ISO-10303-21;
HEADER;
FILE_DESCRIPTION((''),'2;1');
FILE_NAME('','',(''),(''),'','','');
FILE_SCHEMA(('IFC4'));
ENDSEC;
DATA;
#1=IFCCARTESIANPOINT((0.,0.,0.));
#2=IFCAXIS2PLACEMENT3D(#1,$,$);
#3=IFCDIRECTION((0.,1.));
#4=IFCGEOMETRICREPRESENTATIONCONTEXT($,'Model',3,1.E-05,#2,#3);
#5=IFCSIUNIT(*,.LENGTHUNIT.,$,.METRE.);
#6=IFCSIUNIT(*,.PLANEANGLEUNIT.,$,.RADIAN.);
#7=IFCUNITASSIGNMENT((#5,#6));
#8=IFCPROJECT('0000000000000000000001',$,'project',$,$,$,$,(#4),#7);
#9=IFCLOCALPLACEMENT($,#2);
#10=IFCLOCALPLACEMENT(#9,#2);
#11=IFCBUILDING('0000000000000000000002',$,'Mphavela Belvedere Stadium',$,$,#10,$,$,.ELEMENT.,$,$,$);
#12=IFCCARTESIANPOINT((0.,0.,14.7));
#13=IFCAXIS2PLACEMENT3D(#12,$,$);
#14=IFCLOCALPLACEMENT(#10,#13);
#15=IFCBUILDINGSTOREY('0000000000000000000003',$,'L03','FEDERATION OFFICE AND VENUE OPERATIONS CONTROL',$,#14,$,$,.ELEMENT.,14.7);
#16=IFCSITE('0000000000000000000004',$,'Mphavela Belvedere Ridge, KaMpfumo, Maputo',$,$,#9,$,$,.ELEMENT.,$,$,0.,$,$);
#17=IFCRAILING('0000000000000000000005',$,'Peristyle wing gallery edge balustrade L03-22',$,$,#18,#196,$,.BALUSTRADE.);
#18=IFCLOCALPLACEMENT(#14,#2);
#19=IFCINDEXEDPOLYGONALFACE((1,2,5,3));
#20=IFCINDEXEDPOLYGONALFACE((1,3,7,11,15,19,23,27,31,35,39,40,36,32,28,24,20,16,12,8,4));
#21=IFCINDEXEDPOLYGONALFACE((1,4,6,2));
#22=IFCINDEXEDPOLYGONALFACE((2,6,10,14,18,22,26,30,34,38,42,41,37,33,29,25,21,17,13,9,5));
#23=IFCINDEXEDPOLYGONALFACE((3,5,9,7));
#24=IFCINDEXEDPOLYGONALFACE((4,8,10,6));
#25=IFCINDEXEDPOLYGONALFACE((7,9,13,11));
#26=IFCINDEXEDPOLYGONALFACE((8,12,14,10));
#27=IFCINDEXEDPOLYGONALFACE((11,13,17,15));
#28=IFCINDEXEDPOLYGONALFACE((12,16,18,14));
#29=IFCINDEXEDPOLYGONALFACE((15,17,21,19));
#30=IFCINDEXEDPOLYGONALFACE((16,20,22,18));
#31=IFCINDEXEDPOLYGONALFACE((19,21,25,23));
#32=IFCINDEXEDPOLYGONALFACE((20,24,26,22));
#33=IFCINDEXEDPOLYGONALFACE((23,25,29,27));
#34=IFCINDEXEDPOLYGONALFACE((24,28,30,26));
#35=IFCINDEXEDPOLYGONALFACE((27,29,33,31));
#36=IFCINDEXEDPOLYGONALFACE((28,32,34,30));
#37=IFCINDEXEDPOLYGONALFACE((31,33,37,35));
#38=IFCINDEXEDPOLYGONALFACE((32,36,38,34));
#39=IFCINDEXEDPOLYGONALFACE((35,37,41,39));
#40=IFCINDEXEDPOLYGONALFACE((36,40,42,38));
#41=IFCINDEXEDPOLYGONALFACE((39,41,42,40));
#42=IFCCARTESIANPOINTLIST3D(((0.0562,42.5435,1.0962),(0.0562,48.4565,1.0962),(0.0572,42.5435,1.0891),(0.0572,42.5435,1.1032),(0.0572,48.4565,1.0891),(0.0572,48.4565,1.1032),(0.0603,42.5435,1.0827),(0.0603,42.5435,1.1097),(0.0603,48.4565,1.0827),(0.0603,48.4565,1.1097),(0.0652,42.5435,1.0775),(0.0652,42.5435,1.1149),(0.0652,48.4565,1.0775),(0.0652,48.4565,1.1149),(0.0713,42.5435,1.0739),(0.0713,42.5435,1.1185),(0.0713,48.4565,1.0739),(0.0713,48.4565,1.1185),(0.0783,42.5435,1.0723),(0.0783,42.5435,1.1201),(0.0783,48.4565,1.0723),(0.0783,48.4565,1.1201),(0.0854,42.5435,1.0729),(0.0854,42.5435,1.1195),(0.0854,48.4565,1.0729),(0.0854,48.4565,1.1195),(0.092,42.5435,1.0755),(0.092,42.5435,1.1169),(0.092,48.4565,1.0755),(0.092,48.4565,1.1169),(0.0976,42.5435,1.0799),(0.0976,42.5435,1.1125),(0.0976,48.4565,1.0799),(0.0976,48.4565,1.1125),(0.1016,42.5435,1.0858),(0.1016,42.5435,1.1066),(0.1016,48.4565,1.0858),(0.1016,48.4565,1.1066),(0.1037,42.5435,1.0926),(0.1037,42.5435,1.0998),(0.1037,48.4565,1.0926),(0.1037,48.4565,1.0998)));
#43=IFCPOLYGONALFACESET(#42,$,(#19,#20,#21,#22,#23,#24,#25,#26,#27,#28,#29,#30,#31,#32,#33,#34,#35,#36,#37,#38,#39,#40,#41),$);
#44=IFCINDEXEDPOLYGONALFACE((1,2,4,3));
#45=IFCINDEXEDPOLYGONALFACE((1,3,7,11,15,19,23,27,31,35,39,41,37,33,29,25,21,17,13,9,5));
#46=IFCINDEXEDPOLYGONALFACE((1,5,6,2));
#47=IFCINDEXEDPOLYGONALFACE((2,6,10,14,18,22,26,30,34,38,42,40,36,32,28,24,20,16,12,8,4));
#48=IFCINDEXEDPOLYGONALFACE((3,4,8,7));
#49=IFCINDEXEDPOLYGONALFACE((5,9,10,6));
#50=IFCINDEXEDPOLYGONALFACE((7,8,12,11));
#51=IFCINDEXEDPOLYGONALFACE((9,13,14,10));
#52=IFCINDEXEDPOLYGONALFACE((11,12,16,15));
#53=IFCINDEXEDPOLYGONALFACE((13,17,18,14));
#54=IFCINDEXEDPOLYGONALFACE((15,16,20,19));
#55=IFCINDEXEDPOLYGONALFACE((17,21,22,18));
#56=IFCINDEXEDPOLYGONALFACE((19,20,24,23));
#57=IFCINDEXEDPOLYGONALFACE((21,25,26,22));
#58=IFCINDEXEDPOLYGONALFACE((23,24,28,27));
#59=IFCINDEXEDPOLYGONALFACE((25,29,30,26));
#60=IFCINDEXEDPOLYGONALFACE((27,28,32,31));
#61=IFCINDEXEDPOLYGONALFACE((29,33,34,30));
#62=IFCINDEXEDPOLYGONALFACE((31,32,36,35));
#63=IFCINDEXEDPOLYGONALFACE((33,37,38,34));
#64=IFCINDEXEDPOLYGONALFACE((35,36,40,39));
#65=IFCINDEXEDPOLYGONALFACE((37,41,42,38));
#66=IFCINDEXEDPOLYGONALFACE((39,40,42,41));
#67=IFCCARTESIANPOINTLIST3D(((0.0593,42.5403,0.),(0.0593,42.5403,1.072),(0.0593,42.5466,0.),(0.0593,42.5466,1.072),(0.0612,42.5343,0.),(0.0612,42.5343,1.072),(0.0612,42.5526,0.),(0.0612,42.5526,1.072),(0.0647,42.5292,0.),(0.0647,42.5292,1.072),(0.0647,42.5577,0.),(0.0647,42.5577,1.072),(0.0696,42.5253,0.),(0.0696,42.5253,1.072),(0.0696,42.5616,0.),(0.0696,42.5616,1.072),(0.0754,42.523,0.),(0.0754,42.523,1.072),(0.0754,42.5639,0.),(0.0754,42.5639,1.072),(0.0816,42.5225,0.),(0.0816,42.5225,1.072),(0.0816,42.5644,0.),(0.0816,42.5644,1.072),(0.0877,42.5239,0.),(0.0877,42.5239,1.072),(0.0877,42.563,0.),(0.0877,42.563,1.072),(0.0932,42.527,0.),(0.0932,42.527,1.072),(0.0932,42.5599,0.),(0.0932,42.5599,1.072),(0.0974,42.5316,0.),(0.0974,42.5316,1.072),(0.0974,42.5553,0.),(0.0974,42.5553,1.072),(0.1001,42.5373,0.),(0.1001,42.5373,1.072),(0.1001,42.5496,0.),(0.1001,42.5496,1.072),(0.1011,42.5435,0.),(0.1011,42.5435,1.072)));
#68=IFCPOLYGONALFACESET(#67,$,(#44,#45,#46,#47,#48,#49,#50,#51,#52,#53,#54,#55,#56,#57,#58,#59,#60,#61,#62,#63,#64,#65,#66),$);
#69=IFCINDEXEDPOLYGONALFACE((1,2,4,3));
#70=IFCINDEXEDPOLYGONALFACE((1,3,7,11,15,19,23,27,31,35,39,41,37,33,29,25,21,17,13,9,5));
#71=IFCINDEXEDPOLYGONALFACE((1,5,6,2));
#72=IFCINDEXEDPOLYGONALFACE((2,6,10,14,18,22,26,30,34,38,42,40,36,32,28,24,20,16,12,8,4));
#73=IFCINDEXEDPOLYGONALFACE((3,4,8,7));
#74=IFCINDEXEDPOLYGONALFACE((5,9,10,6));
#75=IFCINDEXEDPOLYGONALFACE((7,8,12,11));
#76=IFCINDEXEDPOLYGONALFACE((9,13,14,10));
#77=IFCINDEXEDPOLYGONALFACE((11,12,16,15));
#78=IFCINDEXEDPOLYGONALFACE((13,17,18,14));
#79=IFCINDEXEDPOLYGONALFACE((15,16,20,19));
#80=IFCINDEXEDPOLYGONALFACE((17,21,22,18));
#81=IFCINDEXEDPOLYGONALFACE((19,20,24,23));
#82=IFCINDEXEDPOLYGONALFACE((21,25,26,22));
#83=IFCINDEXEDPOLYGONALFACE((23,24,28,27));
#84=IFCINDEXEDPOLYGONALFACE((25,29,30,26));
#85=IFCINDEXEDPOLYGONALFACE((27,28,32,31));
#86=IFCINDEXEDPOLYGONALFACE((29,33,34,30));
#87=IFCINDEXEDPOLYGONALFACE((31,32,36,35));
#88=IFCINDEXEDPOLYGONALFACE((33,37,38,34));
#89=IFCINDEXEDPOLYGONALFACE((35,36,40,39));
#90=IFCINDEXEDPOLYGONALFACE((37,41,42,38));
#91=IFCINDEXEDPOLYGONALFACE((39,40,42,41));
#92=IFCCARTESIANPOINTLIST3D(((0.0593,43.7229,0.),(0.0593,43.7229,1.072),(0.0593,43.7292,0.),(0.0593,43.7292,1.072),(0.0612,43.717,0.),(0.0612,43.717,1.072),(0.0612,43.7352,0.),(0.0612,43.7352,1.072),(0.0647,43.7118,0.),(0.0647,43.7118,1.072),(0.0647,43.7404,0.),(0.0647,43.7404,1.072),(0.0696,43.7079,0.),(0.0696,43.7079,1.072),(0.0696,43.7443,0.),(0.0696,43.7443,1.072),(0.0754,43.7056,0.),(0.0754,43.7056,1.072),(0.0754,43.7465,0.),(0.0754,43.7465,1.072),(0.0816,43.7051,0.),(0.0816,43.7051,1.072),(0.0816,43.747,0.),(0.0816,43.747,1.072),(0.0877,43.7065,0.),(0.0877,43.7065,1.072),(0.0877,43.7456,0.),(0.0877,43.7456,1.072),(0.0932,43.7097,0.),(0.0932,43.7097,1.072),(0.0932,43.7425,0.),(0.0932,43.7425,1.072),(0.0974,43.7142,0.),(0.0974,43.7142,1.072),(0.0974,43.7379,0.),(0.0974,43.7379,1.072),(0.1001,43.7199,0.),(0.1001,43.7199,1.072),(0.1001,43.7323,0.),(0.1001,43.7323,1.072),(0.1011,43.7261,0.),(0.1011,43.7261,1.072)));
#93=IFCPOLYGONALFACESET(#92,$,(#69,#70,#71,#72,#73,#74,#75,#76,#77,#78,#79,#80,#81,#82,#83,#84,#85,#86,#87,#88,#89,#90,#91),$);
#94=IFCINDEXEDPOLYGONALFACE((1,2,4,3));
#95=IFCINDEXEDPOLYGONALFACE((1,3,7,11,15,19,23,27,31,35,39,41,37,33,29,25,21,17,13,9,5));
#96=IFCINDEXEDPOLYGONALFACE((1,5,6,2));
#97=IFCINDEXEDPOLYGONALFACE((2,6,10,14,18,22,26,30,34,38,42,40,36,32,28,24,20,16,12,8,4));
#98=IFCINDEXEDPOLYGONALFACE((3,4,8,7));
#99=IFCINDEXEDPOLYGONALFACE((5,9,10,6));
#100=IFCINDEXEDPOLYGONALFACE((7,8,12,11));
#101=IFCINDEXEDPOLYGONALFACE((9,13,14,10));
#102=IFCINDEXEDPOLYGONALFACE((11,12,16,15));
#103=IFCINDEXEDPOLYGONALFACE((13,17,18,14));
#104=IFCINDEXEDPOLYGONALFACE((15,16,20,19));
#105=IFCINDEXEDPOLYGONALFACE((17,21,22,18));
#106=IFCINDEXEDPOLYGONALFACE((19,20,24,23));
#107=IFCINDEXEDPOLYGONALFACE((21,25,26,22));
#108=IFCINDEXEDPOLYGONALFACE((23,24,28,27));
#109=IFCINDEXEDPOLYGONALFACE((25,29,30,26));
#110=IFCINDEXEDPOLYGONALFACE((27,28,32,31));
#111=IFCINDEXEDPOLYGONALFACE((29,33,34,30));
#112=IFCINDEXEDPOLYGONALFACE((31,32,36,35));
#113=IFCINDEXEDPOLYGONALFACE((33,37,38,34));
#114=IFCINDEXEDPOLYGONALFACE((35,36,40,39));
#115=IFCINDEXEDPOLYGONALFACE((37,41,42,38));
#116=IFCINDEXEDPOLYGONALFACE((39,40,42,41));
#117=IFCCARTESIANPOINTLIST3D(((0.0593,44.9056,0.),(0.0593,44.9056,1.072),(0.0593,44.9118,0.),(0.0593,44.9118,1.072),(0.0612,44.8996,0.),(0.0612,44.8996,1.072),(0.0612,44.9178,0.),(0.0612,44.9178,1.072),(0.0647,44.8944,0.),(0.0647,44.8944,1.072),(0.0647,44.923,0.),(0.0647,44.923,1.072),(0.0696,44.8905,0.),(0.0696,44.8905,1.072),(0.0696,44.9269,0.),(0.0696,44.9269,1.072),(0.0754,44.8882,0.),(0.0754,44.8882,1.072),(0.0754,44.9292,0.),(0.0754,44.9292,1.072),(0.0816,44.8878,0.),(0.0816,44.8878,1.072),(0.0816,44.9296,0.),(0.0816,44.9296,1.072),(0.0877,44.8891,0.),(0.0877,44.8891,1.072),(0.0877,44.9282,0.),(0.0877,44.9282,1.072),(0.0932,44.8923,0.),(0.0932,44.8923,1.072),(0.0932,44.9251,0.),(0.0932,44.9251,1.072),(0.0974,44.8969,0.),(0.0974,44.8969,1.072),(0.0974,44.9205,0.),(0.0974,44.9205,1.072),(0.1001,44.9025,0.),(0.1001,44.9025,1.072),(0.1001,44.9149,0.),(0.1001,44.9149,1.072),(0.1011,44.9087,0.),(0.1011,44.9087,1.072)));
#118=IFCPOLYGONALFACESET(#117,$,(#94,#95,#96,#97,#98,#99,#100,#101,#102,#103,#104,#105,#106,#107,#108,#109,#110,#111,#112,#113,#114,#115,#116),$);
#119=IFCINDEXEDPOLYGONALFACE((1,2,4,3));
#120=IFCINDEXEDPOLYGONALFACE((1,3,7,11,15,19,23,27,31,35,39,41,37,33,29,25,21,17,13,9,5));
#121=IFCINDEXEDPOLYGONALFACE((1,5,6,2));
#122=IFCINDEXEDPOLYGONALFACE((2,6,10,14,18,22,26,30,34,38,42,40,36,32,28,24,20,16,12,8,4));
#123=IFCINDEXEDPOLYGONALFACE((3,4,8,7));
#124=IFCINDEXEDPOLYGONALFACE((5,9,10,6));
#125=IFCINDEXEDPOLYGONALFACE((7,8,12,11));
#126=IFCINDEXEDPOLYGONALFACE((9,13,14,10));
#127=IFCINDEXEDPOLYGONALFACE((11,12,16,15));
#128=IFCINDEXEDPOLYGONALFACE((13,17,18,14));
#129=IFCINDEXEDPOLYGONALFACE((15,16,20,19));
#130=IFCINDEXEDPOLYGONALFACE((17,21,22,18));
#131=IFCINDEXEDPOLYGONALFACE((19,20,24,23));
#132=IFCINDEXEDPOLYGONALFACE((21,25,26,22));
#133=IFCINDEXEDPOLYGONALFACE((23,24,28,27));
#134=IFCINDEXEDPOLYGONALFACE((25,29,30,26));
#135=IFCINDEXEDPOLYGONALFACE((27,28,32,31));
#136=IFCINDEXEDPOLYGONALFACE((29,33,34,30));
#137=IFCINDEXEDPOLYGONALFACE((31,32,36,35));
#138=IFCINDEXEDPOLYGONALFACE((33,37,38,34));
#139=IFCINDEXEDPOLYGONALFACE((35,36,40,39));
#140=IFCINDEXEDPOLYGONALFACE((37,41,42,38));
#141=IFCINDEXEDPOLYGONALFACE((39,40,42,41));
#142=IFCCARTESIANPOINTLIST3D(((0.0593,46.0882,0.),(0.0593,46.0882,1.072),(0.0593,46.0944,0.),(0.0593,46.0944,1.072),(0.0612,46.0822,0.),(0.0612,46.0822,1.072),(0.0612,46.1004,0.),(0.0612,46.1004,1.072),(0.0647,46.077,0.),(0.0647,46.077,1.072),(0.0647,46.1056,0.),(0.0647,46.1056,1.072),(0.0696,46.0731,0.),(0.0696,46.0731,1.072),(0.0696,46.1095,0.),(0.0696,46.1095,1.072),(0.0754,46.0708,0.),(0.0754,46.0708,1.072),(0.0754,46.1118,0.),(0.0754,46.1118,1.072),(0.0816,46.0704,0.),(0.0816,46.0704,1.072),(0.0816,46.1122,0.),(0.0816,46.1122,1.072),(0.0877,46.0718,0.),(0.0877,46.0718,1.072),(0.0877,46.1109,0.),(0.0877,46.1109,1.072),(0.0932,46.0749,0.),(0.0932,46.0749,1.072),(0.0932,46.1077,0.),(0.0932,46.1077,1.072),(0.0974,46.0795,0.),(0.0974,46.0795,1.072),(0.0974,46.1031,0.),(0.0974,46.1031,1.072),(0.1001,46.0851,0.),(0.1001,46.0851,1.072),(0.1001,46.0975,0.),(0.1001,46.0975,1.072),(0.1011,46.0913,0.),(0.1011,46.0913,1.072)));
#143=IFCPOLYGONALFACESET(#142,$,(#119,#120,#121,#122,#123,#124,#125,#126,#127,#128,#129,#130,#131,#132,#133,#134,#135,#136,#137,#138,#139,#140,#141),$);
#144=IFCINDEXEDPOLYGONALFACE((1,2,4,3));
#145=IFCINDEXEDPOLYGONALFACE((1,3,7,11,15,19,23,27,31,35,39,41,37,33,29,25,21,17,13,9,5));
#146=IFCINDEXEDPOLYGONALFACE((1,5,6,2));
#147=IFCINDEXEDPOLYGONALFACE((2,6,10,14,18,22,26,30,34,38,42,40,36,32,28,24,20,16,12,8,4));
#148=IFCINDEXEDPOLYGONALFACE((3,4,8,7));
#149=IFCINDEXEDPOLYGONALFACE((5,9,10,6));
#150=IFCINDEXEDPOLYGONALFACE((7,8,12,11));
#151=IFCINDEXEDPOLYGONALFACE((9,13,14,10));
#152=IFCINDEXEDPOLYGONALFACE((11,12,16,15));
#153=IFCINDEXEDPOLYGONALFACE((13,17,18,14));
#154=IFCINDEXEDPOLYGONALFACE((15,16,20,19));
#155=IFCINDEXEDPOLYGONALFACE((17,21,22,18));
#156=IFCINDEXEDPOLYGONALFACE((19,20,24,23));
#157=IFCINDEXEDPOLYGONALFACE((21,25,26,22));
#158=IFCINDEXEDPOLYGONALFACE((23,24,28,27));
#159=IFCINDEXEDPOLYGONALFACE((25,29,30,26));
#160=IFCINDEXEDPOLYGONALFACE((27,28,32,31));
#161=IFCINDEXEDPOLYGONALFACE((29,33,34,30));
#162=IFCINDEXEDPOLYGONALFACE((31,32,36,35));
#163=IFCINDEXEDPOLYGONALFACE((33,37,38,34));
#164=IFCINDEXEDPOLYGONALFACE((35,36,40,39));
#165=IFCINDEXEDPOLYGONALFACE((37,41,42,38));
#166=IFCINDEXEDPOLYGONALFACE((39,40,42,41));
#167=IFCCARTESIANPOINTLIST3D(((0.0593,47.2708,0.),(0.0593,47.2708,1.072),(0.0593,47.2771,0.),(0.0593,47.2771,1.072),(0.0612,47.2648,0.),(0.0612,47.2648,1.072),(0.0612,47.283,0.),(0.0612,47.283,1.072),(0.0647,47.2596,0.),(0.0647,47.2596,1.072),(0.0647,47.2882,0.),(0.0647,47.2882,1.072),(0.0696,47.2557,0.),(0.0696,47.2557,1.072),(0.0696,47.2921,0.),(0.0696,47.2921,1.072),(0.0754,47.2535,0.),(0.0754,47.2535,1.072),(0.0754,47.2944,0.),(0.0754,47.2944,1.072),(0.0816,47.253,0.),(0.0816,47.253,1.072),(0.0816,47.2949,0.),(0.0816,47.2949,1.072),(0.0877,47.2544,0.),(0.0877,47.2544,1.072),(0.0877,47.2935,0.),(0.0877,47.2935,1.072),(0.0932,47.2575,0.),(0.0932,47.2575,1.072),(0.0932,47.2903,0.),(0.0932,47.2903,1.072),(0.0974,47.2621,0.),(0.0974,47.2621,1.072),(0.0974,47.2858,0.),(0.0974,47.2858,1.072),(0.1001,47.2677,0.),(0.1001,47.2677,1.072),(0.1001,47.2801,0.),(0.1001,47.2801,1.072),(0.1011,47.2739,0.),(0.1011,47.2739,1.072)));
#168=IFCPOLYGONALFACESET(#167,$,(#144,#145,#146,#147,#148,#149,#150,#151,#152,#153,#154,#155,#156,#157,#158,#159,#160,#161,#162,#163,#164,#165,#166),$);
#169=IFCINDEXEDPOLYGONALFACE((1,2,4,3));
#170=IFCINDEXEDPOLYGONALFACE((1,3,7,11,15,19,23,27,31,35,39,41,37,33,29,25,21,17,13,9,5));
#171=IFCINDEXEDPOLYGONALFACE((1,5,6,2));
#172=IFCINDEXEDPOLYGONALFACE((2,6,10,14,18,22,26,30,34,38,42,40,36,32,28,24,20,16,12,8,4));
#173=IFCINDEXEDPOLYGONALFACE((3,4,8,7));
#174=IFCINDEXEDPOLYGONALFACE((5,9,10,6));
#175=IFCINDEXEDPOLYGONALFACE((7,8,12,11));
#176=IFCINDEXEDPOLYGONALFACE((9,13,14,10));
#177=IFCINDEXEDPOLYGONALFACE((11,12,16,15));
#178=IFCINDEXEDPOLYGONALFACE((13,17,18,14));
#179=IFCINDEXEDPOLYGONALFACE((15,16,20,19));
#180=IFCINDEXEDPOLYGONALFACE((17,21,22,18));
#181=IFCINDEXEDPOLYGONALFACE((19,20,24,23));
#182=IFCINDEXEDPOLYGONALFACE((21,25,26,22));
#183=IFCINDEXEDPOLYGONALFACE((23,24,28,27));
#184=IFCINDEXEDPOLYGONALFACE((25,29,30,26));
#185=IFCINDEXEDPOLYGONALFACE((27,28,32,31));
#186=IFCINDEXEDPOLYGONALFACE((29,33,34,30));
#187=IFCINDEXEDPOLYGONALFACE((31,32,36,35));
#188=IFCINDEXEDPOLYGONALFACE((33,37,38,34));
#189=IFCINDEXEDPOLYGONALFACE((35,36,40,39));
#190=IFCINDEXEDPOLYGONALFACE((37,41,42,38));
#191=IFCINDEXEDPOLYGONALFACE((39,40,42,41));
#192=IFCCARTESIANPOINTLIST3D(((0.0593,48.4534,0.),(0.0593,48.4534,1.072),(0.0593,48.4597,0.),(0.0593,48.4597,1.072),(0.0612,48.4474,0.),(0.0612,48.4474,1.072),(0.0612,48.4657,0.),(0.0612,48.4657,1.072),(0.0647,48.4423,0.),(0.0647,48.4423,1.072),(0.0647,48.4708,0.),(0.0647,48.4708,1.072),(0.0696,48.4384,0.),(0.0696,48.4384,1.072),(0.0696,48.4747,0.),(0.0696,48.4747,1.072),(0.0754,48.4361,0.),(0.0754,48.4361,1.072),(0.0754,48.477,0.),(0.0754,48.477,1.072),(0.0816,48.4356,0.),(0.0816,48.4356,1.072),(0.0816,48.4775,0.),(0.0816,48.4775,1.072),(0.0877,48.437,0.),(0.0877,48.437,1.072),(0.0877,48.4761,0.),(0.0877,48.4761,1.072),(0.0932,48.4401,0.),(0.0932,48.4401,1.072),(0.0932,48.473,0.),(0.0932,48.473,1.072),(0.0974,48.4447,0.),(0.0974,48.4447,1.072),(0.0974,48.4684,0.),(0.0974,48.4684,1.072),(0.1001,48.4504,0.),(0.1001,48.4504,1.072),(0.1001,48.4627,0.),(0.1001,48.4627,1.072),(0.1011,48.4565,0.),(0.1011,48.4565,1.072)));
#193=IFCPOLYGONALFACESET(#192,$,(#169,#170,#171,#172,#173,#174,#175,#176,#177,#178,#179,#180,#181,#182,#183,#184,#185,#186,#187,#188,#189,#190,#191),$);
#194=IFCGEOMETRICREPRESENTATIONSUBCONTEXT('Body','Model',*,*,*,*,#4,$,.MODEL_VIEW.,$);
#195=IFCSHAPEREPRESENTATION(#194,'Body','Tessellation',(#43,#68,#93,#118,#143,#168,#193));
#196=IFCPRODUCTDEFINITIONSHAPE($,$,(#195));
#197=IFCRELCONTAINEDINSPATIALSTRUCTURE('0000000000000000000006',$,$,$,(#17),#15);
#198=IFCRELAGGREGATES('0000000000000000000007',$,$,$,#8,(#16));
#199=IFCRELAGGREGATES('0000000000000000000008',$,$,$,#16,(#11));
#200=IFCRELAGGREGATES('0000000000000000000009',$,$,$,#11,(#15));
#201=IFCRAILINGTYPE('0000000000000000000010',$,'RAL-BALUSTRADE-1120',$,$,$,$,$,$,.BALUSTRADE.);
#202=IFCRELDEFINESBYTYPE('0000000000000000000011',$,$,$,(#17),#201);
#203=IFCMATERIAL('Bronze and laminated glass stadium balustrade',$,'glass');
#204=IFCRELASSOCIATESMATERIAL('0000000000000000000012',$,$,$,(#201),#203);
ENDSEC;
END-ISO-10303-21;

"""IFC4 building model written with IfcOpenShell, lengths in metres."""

from ifc_helpers import new_model, si_unit, direction, frame, origin, origin_2d, place, context, subcontext, project, spatial, circle, extrude, material, type_object, element, save


model = new_model("IFC4")

# Units and contexts
model_context = context("Model", 3, precision=1e-05, world=origin(), true_north=direction((0.0, 1.0)))
body_context = subcontext(model_context, "Body", "Model", "MODEL_VIEW")
ifc_project = project(units=[si_unit("LENGTHUNIT", "METRE"), si_unit("PLANEANGLEUNIT", "RADIAN")], contexts=[model_context])

# Site, building, storey
site_placement = place(None, origin())
site = spatial("IfcSite", under=ifc_project, at=site_placement, Name="Mphavela Belvedere Ridge, KaMpfumo, Maputo", CompositionType="ELEMENT", RefElevation=0.0)
building_placement = place(site_placement, origin())
building = spatial("IfcBuilding", under=site, at=building_placement, Name="Mphavela Belvedere Stadium", CompositionType="ELEMENT")
storey_placement = place(building_placement, frame((0.0, 0.0, 14.7)))
storey = spatial("IfcBuildingStorey", under=building, at=storey_placement, Name="L03", Description="FEDERATION OFFICE AND VENUE OPERATIONS CONTROL", CompositionType="ELEMENT", Elevation=14.7)

# Railing
ifc_material_1 = material(Name="Bronze and laminated glass stadium balustrade", Category="glass")
railing_type = type_object("IfcRailingType", Name="RAL-BALUSTRADE-1120", PredefinedType="BALUSTRADE", material=ifc_material_1)
for number, where, name in (
    (1, (0.0801, 42.5435, 0.0), "Peristyle wing gallery edge balustrade L03-22"),
):
    element("IfcRailing", number, at=place(storey_placement, frame(where)), inside=storey, type_object=railing_type, Name=name, PredefinedType="BALUSTRADE", context=body_context, shape_type="SweptSolid", body=[
        extrude(circle(Radius=0.0239, at=origin_2d()), frame((0.0, 0.0, 1.0962), z_axis=(0.0, 1.0, 0.0), x_axis=(-1.0, 0.0, 0.0)), (0.0, 0.0, 1.0), 5.9131),
        extrude(circle(Radius=0.021, at=origin_2d()), origin(), (0.0, 0.0, 1.0), 1.072),
        extrude(circle(Radius=0.021, at=origin_2d()), frame((0.0, 1.1826, 0.0)), (0.0, 0.0, 1.0), 1.072),
        extrude(circle(Radius=0.021, at=origin_2d()), frame((0.0, 2.3652, 0.0)), (0.0, 0.0, 1.0), 1.072),
        extrude(circle(Radius=0.021, at=origin_2d()), frame((0.0, 3.5479, 0.0)), (0.0, 0.0, 1.0), 1.072),
        extrude(circle(Radius=0.021, at=origin_2d()), frame((0.0, 4.7305, 0.0)), (0.0, 0.0, 1.0), 1.072),
        extrude(circle(Radius=0.021, at=origin_2d()), frame((0.0, 5.9131, 0.0)), (0.0, 0.0, 1.0), 1.072),
    ])

save(model, "model.ifc")
